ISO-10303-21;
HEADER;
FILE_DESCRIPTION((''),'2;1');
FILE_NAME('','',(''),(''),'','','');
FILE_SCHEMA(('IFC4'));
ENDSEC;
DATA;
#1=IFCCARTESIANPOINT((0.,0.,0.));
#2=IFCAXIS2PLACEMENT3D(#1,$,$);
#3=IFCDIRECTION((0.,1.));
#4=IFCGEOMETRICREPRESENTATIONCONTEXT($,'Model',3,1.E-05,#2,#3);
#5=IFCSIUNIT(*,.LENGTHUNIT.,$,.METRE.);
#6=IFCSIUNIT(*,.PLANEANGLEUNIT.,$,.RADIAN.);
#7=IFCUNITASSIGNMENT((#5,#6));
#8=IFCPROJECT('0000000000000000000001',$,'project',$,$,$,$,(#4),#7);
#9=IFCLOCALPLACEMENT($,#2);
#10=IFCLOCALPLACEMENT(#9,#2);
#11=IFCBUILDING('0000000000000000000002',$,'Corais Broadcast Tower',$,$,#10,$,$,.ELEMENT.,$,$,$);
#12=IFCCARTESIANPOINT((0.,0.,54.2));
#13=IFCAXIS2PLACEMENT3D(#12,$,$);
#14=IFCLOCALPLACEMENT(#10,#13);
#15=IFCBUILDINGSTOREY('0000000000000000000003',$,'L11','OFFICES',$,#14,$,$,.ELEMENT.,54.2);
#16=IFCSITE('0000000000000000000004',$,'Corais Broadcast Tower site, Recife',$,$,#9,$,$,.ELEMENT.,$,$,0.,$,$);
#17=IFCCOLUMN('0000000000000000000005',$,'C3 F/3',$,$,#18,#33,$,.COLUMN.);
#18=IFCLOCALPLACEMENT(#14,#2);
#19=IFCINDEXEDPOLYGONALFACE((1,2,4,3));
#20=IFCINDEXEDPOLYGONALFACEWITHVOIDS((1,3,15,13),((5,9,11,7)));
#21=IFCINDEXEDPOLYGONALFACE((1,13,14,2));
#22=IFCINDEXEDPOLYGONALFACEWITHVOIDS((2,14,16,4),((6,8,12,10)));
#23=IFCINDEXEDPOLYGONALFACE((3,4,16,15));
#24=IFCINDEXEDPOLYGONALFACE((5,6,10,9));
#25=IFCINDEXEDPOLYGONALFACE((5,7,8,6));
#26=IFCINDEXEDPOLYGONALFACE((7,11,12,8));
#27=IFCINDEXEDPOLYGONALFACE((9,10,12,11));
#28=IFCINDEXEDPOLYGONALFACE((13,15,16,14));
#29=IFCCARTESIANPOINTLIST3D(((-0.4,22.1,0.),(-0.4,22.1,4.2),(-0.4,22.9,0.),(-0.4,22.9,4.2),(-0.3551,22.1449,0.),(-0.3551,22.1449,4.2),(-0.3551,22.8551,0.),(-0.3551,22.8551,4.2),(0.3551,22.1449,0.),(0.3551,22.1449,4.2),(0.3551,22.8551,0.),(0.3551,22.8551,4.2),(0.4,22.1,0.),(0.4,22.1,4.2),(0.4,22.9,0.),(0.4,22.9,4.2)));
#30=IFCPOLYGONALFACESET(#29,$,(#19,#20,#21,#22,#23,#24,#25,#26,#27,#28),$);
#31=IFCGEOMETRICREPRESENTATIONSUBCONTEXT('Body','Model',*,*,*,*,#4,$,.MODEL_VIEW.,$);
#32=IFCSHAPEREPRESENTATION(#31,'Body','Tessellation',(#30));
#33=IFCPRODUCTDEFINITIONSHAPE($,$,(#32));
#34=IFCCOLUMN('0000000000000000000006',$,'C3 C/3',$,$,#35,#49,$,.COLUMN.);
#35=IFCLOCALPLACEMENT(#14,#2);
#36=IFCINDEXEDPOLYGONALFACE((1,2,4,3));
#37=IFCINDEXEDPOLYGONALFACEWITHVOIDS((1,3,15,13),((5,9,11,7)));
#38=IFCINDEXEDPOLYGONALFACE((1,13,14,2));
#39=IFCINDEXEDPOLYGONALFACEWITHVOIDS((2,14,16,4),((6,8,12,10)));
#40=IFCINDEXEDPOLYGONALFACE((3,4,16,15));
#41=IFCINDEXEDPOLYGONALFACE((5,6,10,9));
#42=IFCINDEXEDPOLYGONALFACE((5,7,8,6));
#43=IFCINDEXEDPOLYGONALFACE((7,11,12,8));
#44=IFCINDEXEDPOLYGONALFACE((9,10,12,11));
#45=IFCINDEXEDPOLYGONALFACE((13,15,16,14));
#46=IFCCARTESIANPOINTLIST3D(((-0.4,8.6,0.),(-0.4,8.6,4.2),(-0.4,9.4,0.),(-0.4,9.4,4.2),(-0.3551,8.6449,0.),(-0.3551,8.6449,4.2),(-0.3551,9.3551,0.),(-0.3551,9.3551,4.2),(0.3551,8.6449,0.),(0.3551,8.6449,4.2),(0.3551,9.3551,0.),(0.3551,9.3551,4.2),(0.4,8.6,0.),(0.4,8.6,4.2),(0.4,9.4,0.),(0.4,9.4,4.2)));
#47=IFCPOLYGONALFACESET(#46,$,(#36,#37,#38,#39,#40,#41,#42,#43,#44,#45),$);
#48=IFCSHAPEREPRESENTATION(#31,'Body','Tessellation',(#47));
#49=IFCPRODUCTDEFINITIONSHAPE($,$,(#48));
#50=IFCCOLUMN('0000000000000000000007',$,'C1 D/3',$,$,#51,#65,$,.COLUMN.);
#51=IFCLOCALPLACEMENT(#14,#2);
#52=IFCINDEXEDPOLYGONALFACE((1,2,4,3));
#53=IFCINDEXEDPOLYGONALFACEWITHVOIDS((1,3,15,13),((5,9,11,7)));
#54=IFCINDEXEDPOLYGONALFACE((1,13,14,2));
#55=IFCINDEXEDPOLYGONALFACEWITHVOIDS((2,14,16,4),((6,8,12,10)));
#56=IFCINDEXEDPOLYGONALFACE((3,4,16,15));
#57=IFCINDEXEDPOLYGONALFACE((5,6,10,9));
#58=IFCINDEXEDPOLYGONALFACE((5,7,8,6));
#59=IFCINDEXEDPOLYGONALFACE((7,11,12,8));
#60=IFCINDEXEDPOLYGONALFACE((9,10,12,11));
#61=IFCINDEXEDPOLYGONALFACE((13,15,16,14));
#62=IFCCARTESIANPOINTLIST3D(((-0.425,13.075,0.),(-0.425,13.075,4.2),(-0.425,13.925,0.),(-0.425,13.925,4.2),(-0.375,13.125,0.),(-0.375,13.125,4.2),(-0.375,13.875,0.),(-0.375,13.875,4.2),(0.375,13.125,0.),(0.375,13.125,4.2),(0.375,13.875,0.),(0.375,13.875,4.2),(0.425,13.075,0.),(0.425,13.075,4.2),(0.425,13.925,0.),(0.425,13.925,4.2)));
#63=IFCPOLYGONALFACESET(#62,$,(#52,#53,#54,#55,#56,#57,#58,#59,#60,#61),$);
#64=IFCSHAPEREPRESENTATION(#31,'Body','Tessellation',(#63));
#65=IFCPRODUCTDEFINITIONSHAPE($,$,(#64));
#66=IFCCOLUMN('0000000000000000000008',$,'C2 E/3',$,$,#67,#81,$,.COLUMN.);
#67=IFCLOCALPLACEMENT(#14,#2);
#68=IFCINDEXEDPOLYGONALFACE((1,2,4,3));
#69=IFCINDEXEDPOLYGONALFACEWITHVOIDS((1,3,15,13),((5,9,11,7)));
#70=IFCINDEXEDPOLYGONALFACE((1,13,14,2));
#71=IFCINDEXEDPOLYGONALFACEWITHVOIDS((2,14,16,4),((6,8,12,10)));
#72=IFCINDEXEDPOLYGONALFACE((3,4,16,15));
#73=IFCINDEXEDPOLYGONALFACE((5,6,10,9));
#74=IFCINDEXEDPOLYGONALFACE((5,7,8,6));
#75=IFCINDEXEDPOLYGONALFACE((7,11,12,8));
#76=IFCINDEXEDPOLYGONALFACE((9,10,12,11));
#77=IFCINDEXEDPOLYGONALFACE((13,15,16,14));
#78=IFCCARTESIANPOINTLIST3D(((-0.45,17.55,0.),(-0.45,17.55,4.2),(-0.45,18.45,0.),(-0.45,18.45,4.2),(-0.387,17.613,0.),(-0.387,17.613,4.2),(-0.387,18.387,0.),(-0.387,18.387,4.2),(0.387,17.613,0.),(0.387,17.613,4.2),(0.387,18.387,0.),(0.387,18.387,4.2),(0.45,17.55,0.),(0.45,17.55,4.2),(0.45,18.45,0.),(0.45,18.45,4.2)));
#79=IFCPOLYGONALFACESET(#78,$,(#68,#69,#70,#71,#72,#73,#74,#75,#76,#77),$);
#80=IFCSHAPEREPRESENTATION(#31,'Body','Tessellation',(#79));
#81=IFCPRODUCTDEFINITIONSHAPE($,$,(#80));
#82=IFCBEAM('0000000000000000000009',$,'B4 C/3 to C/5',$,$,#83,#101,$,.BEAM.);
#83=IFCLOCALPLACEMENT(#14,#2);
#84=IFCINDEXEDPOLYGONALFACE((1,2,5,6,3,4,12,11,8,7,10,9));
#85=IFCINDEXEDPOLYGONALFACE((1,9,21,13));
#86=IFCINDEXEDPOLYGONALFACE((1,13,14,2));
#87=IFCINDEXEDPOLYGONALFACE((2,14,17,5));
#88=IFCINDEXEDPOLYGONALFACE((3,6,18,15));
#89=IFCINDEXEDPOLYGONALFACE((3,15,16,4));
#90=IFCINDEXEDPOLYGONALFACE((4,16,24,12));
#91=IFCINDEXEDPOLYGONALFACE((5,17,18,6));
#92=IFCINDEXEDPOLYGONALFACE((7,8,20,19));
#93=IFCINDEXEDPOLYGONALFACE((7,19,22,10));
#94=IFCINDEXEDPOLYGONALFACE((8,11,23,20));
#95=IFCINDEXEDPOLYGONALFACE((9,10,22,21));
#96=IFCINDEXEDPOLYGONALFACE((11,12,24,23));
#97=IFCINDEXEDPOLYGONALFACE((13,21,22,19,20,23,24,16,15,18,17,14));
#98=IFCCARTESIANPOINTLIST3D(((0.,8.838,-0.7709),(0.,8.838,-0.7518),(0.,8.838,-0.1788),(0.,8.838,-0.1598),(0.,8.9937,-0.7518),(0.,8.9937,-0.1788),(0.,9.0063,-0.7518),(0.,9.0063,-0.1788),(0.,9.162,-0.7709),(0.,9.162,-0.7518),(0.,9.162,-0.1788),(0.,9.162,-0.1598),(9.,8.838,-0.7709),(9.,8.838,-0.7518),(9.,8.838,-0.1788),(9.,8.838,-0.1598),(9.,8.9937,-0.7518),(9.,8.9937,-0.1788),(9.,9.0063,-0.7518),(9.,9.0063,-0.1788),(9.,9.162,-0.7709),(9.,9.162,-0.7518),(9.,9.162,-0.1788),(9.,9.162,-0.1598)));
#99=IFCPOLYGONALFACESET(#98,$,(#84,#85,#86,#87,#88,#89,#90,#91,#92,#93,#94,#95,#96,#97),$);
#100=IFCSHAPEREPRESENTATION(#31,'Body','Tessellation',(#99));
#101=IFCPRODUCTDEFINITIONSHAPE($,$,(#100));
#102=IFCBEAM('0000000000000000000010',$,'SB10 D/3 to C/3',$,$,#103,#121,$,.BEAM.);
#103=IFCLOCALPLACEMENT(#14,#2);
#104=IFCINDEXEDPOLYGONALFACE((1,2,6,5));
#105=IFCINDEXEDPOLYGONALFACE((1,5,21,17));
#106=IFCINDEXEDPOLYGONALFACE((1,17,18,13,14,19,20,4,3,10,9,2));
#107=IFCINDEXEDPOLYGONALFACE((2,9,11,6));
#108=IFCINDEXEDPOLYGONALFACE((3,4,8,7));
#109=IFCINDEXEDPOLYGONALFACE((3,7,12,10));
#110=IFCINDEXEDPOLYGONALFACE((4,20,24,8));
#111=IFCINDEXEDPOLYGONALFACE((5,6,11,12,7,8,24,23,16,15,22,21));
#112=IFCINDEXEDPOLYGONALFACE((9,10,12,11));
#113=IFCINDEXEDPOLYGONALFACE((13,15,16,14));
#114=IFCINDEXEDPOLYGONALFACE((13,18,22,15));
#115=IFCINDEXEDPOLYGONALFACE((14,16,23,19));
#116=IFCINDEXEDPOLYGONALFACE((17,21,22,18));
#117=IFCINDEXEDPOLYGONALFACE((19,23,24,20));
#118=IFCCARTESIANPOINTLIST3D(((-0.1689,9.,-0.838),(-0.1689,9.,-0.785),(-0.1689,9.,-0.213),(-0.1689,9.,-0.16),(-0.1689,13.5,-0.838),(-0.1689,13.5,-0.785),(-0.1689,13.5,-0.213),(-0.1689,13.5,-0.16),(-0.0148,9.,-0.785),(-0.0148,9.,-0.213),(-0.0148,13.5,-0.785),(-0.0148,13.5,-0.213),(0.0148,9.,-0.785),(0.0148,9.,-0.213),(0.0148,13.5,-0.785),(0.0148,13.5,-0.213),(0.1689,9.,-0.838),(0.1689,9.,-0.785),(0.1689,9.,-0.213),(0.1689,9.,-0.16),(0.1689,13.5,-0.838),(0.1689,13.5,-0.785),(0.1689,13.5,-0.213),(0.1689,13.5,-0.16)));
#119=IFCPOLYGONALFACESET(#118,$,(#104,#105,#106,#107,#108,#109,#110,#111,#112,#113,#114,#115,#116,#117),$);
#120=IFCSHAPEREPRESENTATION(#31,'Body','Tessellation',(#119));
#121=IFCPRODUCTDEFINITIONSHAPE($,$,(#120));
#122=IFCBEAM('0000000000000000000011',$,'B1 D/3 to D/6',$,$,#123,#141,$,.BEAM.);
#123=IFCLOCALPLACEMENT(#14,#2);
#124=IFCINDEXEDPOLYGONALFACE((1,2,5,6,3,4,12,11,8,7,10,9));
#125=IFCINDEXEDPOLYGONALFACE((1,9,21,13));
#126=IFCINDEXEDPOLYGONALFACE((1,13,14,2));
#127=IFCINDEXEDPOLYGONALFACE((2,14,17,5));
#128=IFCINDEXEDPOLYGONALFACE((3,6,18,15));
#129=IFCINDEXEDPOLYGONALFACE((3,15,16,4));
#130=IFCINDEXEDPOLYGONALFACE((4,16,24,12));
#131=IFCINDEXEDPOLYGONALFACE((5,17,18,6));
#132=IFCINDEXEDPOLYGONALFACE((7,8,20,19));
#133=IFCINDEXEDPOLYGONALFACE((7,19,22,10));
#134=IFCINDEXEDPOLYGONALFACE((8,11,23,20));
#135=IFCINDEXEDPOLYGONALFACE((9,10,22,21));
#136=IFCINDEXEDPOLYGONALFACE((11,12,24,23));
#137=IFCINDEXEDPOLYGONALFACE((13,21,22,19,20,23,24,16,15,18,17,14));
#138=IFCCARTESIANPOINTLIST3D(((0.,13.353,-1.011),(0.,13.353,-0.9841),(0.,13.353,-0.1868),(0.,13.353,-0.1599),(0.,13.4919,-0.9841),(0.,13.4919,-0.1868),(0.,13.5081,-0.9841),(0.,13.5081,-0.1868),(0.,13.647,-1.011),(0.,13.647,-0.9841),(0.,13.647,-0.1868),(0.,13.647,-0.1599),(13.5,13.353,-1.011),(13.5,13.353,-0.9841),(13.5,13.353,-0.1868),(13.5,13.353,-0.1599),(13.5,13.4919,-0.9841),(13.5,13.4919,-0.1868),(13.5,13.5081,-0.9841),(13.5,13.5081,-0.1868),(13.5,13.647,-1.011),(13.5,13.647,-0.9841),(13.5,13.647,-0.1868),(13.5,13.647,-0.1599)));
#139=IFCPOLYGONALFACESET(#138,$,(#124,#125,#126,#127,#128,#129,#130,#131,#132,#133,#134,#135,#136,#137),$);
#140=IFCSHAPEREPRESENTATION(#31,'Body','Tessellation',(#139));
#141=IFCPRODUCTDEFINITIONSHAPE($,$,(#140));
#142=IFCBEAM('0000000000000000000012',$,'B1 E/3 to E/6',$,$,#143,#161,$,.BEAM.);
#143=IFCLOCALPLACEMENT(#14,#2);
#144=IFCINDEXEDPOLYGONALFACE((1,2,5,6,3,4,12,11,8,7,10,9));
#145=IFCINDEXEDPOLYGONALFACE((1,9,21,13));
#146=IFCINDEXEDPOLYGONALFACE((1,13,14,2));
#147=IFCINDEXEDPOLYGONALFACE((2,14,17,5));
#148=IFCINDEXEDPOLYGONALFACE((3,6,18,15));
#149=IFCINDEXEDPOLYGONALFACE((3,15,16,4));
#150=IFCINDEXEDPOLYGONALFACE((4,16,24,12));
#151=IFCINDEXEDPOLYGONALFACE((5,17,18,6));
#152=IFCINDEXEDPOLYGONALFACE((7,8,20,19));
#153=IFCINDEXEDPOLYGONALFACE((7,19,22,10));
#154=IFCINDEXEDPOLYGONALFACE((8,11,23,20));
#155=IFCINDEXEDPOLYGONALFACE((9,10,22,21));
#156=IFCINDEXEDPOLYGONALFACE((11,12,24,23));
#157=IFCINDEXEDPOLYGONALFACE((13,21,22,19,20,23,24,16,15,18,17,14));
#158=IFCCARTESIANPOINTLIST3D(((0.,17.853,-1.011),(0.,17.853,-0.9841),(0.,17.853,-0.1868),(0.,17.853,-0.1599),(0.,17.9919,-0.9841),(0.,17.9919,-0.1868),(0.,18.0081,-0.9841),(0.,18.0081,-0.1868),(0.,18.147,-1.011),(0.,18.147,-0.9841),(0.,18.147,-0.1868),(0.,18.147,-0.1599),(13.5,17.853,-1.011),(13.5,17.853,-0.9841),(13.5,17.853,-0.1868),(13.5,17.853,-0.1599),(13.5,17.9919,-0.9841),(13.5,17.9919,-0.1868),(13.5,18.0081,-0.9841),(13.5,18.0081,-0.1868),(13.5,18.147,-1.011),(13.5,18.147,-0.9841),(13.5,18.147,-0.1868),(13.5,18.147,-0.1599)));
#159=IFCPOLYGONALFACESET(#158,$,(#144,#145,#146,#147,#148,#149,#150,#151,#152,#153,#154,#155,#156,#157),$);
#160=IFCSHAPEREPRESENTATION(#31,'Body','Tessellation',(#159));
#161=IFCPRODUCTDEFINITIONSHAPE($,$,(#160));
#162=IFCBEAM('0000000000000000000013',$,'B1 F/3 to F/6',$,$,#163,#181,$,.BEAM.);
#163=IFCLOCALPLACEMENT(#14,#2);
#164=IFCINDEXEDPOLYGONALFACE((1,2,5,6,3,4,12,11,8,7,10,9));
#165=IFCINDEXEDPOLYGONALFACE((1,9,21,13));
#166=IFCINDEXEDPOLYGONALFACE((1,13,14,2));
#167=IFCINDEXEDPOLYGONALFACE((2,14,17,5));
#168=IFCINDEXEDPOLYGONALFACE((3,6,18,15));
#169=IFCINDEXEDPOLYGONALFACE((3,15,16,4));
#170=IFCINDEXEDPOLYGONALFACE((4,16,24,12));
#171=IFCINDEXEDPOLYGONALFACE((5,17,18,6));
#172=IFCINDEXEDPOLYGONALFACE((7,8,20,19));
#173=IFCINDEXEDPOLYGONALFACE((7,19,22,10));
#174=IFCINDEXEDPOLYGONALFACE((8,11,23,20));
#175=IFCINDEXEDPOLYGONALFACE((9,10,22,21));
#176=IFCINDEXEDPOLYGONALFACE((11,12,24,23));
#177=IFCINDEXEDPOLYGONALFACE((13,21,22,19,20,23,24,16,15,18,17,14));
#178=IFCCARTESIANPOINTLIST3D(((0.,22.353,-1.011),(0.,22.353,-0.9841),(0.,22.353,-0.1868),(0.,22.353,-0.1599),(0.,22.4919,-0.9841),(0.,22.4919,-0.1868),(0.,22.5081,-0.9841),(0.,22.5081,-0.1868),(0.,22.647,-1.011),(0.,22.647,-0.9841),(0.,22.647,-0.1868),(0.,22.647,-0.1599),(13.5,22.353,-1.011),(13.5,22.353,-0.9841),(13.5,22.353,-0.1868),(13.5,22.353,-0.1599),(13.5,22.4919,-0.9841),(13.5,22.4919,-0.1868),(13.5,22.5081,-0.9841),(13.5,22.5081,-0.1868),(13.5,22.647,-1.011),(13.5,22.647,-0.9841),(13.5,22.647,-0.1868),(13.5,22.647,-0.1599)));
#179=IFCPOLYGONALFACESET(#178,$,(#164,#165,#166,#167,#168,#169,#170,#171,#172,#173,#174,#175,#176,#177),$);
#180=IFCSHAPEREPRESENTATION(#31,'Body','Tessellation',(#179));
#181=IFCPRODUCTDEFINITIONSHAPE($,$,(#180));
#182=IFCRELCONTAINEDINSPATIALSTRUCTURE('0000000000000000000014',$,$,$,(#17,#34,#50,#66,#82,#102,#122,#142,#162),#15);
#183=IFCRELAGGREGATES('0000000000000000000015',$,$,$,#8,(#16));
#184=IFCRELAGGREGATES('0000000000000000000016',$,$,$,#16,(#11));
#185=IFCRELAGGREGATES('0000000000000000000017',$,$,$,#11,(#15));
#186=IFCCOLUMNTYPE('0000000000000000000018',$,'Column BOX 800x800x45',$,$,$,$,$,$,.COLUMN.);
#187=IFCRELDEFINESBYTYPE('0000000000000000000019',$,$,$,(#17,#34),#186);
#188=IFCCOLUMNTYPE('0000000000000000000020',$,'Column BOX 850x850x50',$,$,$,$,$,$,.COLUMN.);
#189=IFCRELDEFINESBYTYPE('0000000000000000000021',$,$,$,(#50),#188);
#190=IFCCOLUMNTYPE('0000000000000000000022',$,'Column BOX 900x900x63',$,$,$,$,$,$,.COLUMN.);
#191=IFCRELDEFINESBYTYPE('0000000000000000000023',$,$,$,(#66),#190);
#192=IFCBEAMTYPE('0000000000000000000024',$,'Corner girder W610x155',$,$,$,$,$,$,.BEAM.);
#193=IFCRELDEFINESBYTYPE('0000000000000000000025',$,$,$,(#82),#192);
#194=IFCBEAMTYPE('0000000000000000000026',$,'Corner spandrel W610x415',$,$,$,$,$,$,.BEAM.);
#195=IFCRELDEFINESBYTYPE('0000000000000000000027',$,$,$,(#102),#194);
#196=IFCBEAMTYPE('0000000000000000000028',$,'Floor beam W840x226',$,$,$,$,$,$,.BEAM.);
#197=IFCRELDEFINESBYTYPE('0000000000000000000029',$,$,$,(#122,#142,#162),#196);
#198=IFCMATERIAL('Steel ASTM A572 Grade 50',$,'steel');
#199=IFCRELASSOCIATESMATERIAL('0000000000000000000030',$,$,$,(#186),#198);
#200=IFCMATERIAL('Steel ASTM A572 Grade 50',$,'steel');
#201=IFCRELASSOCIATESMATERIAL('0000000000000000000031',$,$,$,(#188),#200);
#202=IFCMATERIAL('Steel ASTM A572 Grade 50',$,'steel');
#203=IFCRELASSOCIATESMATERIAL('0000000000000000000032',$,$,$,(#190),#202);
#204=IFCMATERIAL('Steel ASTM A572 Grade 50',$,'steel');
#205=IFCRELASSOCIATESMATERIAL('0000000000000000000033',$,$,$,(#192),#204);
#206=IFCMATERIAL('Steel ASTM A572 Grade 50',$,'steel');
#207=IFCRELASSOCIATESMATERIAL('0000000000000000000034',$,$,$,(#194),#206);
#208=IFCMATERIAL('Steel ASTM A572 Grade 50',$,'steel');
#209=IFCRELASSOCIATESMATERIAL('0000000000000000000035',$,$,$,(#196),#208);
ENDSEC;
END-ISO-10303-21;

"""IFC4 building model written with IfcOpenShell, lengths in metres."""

from ifc_helpers import new_model, si_unit, direction, frame, origin, origin_2d, place, context, subcontext, project, spatial, hollow_rectangle, i_section, extrude, material, material_profile, profile_set, type_object, element, save


model = new_model("IFC4")

# Units and contexts
model_context = context("Model", 3, precision=1e-05, world=origin(), true_north=direction((0.0, 1.0)))
body_context = subcontext(model_context, "Body", "Model", "MODEL_VIEW")
ifc_project = project(units=[si_unit("LENGTHUNIT", "METRE"), si_unit("PLANEANGLEUNIT", "RADIAN")], contexts=[model_context])

# Site, building, storey
site_placement = place(None, origin())
site = spatial("IfcSite", under=ifc_project, at=site_placement, Name="Corais Broadcast Tower site, Recife", CompositionType="ELEMENT", RefElevation=0.0)
building_placement = place(site_placement, origin())
building = spatial("IfcBuilding", under=site, at=building_placement, Name="Corais Broadcast Tower", CompositionType="ELEMENT")
storey_placement = place(building_placement, frame((0.0, 0.0, 54.2)))
storey = spatial("IfcBuildingStorey", under=building, at=storey_placement, Name="L11", Description="OFFICES", CompositionType="ELEMENT", Elevation=54.2)

# Columns
ifc_material_1 = material(Name="Steel ASTM A572 Grade 50", Category="steel")
ifc_material_profile_1 = material_profile(ifc_material_1, hollow_rectangle(XDim=0.8, YDim=0.8, WallThickness=0.0449, at=origin_2d()), Name="BOX 800x800x45")
ifc_profile_set_1 = profile_set([ifc_material_profile_1], Name="Steel ASTM A572 Grade 50")
column_type_1 = type_object("IfcColumnType", Name="Column BOX 800x800x45", PredefinedType="COLUMN", material=ifc_profile_set_1)
for number, where, z_axis, x_axis, name in (
    (1, (0.0, 22.5, 0.0), (0.0, 0.0, 1.0), (1.0, 0.0, 0.0), "C3 F/3"),
    (2, (0.0, 9.0, 0.0), (0.0, 0.0, 1.0), (1.0, 0.0, 0.0), "C3 C/3"),
):
    element("IfcColumn", number, at=place(storey_placement, frame(where, z_axis=z_axis, x_axis=x_axis)), inside=storey, type_object=column_type_1, Name=name, PredefinedType="COLUMN", context=body_context, shape_type="SweptSolid", body=[
        extrude(hollow_rectangle(XDim=0.8, YDim=0.8, WallThickness=0.0449, at=origin_2d()), origin(), (0.0, 0.0, 1.0), 4.2),
    ])
ifc_material_2 = material(Name="Steel ASTM A572 Grade 50", Category="steel")
ifc_material_profile_2 = material_profile(ifc_material_2, hollow_rectangle(XDim=0.8501, YDim=0.8501, WallThickness=0.05, at=origin_2d()), Name="BOX 850x850x50")
ifc_profile_set_2 = profile_set([ifc_material_profile_2], Name="Steel ASTM A572 Grade 50")
column_type_2 = type_object("IfcColumnType", Name="Column BOX 850x850x50", PredefinedType="COLUMN", material=ifc_profile_set_2)
column_1_placement = place(storey_placement, frame((0.0, 13.5, 0.0), z_axis=(0.0, 0.0, 1.0), x_axis=(1.0, 0.0, 0.0)))
element("IfcColumn", 3, at=column_1_placement, inside=storey, type_object=column_type_2, Name="C1 D/3", PredefinedType="COLUMN", context=body_context, shape_type="SweptSolid", body=[
    extrude(hollow_rectangle(XDim=0.8501, YDim=0.8501, WallThickness=0.05, at=origin_2d()), origin(), (0.0, 0.0, 1.0), 4.2),
])
ifc_material_3 = material(Name="Steel ASTM A572 Grade 50", Category="steel")
ifc_material_profile_3 = material_profile(ifc_material_3, hollow_rectangle(XDim=0.8999, YDim=0.8999, WallThickness=0.063, at=origin_2d()), Name="BOX 900x900x63")
ifc_profile_set_3 = profile_set([ifc_material_profile_3], Name="Steel ASTM A572 Grade 50")
column_type_3 = type_object("IfcColumnType", Name="Column BOX 900x900x63", PredefinedType="COLUMN", material=ifc_profile_set_3)
column_2_placement = place(storey_placement, frame((0.0, 18.0, 0.0), z_axis=(0.0, 0.0, 1.0), x_axis=(1.0, 0.0, 0.0)))
element("IfcColumn", 4, at=column_2_placement, inside=storey, type_object=column_type_3, Name="C2 E/3", PredefinedType="COLUMN", context=body_context, shape_type="SweptSolid", body=[
    extrude(hollow_rectangle(XDim=0.8999, YDim=0.8999, WallThickness=0.063, at=origin_2d()), origin(), (0.0, 0.0, 1.0), 4.2),
])

# Beams
ifc_material_4 = material(Name="Steel ASTM A572 Grade 50", Category="steel")
ifc_material_profile_4 = material_profile(ifc_material_4, i_section(OverallWidth=0.324, OverallDepth=0.6111, WebThickness=0.0127, FlangeThickness=0.019, at=origin_2d()), Name="W610x155")
ifc_profile_set_4 = profile_set([ifc_material_profile_4], Name="Steel ASTM A572 Grade 50")
beam_type_1 = type_object("IfcBeamType", Name="Corner girder W610x155", PredefinedType="BEAM", material=ifc_profile_set_4)
beam_1_placement = place(storey_placement, frame((0.0, 9.0, -0.4653), z_axis=(1.0, 0.0, 0.0), x_axis=(0.0, 1.0, 0.0)))
element("IfcBeam", 5, at=beam_1_placement, inside=storey, type_object=beam_type_1, Name="B4 C/3 to C/5", PredefinedType="BEAM", context=body_context, shape_type="SweptSolid", body=[
    extrude(i_section(OverallWidth=0.324, OverallDepth=0.6111, WebThickness=0.0127, FlangeThickness=0.019, at=origin_2d()), origin(), (0.0, 0.0, 1.0), 9.0),
])
ifc_material_5 = material(Name="Steel ASTM A572 Grade 50", Category="steel")
ifc_material_profile_5 = material_profile(ifc_material_5, i_section(OverallWidth=0.3379, OverallDepth=0.678, WebThickness=0.0295, FlangeThickness=0.053, at=origin_2d()), Name="W610x415")
ifc_profile_set_5 = profile_set([ifc_material_profile_5], Name="Steel ASTM A572 Grade 50")
beam_type_2 = type_object("IfcBeamType", Name="Corner spandrel W610x415", PredefinedType="BEAM", material=ifc_profile_set_5)
beam_2_placement = place(storey_placement, frame((0.0, 13.5, -0.499), z_axis=(0.0, -1.0, 0.0), x_axis=(1.0, 0.0, 0.0)))
element("IfcBeam", 6, at=beam_2_placement, inside=storey, type_object=beam_type_2, Name="SB10 D/3 to C/3", PredefinedType="BEAM", context=body_context, shape_type="SweptSolid", body=[
    extrude(i_section(OverallWidth=0.3379, OverallDepth=0.678, WebThickness=0.0295, FlangeThickness=0.053, at=origin_2d()), origin(), (0.0, 0.0, 1.0), 4.5),
])
ifc_material_6 = material(Name="Steel ASTM A572 Grade 50", Category="steel")
ifc_material_profile_6 = material_profile(ifc_material_6, i_section(OverallWidth=0.2939, OverallDepth=0.8511, WebThickness=0.0161, FlangeThickness=0.0269, at=origin_2d()), Name="W840x226")
ifc_profile_set_6 = profile_set([ifc_material_profile_6], Name="Steel ASTM A572 Grade 50")
beam_type_3 = type_object("IfcBeamType", Name="Floor beam W840x226", PredefinedType="BEAM", material=ifc_profile_set_6)
for number, where, z_axis, x_axis, name in (
    (7, (0.0, 13.5, -0.5854), (1.0, 0.0, 0.0), (0.0, 1.0, 0.0), "B1 D/3 to D/6"),
    (8, (0.0, 18.0, -0.5854), (1.0, 0.0, 0.0), (0.0, 1.0, 0.0), "B1 E/3 to E/6"),
    (9, (0.0, 22.5, -0.5854), (1.0, 0.0, 0.0), (0.0, 1.0, 0.0), "B1 F/3 to F/6"),
):
    element("IfcBeam", number, at=place(storey_placement, frame(where, z_axis=z_axis, x_axis=x_axis)), inside=storey, type_object=beam_type_3, Name=name, PredefinedType="BEAM", context=body_context, shape_type="SweptSolid", body=[
        extrude(i_section(OverallWidth=0.2939, OverallDepth=0.8511, WebThickness=0.0161, FlangeThickness=0.0269, at=origin_2d()), origin(), (0.0, 0.0, 1.0), 13.5),
    ])

save(model, "model.ifc")
